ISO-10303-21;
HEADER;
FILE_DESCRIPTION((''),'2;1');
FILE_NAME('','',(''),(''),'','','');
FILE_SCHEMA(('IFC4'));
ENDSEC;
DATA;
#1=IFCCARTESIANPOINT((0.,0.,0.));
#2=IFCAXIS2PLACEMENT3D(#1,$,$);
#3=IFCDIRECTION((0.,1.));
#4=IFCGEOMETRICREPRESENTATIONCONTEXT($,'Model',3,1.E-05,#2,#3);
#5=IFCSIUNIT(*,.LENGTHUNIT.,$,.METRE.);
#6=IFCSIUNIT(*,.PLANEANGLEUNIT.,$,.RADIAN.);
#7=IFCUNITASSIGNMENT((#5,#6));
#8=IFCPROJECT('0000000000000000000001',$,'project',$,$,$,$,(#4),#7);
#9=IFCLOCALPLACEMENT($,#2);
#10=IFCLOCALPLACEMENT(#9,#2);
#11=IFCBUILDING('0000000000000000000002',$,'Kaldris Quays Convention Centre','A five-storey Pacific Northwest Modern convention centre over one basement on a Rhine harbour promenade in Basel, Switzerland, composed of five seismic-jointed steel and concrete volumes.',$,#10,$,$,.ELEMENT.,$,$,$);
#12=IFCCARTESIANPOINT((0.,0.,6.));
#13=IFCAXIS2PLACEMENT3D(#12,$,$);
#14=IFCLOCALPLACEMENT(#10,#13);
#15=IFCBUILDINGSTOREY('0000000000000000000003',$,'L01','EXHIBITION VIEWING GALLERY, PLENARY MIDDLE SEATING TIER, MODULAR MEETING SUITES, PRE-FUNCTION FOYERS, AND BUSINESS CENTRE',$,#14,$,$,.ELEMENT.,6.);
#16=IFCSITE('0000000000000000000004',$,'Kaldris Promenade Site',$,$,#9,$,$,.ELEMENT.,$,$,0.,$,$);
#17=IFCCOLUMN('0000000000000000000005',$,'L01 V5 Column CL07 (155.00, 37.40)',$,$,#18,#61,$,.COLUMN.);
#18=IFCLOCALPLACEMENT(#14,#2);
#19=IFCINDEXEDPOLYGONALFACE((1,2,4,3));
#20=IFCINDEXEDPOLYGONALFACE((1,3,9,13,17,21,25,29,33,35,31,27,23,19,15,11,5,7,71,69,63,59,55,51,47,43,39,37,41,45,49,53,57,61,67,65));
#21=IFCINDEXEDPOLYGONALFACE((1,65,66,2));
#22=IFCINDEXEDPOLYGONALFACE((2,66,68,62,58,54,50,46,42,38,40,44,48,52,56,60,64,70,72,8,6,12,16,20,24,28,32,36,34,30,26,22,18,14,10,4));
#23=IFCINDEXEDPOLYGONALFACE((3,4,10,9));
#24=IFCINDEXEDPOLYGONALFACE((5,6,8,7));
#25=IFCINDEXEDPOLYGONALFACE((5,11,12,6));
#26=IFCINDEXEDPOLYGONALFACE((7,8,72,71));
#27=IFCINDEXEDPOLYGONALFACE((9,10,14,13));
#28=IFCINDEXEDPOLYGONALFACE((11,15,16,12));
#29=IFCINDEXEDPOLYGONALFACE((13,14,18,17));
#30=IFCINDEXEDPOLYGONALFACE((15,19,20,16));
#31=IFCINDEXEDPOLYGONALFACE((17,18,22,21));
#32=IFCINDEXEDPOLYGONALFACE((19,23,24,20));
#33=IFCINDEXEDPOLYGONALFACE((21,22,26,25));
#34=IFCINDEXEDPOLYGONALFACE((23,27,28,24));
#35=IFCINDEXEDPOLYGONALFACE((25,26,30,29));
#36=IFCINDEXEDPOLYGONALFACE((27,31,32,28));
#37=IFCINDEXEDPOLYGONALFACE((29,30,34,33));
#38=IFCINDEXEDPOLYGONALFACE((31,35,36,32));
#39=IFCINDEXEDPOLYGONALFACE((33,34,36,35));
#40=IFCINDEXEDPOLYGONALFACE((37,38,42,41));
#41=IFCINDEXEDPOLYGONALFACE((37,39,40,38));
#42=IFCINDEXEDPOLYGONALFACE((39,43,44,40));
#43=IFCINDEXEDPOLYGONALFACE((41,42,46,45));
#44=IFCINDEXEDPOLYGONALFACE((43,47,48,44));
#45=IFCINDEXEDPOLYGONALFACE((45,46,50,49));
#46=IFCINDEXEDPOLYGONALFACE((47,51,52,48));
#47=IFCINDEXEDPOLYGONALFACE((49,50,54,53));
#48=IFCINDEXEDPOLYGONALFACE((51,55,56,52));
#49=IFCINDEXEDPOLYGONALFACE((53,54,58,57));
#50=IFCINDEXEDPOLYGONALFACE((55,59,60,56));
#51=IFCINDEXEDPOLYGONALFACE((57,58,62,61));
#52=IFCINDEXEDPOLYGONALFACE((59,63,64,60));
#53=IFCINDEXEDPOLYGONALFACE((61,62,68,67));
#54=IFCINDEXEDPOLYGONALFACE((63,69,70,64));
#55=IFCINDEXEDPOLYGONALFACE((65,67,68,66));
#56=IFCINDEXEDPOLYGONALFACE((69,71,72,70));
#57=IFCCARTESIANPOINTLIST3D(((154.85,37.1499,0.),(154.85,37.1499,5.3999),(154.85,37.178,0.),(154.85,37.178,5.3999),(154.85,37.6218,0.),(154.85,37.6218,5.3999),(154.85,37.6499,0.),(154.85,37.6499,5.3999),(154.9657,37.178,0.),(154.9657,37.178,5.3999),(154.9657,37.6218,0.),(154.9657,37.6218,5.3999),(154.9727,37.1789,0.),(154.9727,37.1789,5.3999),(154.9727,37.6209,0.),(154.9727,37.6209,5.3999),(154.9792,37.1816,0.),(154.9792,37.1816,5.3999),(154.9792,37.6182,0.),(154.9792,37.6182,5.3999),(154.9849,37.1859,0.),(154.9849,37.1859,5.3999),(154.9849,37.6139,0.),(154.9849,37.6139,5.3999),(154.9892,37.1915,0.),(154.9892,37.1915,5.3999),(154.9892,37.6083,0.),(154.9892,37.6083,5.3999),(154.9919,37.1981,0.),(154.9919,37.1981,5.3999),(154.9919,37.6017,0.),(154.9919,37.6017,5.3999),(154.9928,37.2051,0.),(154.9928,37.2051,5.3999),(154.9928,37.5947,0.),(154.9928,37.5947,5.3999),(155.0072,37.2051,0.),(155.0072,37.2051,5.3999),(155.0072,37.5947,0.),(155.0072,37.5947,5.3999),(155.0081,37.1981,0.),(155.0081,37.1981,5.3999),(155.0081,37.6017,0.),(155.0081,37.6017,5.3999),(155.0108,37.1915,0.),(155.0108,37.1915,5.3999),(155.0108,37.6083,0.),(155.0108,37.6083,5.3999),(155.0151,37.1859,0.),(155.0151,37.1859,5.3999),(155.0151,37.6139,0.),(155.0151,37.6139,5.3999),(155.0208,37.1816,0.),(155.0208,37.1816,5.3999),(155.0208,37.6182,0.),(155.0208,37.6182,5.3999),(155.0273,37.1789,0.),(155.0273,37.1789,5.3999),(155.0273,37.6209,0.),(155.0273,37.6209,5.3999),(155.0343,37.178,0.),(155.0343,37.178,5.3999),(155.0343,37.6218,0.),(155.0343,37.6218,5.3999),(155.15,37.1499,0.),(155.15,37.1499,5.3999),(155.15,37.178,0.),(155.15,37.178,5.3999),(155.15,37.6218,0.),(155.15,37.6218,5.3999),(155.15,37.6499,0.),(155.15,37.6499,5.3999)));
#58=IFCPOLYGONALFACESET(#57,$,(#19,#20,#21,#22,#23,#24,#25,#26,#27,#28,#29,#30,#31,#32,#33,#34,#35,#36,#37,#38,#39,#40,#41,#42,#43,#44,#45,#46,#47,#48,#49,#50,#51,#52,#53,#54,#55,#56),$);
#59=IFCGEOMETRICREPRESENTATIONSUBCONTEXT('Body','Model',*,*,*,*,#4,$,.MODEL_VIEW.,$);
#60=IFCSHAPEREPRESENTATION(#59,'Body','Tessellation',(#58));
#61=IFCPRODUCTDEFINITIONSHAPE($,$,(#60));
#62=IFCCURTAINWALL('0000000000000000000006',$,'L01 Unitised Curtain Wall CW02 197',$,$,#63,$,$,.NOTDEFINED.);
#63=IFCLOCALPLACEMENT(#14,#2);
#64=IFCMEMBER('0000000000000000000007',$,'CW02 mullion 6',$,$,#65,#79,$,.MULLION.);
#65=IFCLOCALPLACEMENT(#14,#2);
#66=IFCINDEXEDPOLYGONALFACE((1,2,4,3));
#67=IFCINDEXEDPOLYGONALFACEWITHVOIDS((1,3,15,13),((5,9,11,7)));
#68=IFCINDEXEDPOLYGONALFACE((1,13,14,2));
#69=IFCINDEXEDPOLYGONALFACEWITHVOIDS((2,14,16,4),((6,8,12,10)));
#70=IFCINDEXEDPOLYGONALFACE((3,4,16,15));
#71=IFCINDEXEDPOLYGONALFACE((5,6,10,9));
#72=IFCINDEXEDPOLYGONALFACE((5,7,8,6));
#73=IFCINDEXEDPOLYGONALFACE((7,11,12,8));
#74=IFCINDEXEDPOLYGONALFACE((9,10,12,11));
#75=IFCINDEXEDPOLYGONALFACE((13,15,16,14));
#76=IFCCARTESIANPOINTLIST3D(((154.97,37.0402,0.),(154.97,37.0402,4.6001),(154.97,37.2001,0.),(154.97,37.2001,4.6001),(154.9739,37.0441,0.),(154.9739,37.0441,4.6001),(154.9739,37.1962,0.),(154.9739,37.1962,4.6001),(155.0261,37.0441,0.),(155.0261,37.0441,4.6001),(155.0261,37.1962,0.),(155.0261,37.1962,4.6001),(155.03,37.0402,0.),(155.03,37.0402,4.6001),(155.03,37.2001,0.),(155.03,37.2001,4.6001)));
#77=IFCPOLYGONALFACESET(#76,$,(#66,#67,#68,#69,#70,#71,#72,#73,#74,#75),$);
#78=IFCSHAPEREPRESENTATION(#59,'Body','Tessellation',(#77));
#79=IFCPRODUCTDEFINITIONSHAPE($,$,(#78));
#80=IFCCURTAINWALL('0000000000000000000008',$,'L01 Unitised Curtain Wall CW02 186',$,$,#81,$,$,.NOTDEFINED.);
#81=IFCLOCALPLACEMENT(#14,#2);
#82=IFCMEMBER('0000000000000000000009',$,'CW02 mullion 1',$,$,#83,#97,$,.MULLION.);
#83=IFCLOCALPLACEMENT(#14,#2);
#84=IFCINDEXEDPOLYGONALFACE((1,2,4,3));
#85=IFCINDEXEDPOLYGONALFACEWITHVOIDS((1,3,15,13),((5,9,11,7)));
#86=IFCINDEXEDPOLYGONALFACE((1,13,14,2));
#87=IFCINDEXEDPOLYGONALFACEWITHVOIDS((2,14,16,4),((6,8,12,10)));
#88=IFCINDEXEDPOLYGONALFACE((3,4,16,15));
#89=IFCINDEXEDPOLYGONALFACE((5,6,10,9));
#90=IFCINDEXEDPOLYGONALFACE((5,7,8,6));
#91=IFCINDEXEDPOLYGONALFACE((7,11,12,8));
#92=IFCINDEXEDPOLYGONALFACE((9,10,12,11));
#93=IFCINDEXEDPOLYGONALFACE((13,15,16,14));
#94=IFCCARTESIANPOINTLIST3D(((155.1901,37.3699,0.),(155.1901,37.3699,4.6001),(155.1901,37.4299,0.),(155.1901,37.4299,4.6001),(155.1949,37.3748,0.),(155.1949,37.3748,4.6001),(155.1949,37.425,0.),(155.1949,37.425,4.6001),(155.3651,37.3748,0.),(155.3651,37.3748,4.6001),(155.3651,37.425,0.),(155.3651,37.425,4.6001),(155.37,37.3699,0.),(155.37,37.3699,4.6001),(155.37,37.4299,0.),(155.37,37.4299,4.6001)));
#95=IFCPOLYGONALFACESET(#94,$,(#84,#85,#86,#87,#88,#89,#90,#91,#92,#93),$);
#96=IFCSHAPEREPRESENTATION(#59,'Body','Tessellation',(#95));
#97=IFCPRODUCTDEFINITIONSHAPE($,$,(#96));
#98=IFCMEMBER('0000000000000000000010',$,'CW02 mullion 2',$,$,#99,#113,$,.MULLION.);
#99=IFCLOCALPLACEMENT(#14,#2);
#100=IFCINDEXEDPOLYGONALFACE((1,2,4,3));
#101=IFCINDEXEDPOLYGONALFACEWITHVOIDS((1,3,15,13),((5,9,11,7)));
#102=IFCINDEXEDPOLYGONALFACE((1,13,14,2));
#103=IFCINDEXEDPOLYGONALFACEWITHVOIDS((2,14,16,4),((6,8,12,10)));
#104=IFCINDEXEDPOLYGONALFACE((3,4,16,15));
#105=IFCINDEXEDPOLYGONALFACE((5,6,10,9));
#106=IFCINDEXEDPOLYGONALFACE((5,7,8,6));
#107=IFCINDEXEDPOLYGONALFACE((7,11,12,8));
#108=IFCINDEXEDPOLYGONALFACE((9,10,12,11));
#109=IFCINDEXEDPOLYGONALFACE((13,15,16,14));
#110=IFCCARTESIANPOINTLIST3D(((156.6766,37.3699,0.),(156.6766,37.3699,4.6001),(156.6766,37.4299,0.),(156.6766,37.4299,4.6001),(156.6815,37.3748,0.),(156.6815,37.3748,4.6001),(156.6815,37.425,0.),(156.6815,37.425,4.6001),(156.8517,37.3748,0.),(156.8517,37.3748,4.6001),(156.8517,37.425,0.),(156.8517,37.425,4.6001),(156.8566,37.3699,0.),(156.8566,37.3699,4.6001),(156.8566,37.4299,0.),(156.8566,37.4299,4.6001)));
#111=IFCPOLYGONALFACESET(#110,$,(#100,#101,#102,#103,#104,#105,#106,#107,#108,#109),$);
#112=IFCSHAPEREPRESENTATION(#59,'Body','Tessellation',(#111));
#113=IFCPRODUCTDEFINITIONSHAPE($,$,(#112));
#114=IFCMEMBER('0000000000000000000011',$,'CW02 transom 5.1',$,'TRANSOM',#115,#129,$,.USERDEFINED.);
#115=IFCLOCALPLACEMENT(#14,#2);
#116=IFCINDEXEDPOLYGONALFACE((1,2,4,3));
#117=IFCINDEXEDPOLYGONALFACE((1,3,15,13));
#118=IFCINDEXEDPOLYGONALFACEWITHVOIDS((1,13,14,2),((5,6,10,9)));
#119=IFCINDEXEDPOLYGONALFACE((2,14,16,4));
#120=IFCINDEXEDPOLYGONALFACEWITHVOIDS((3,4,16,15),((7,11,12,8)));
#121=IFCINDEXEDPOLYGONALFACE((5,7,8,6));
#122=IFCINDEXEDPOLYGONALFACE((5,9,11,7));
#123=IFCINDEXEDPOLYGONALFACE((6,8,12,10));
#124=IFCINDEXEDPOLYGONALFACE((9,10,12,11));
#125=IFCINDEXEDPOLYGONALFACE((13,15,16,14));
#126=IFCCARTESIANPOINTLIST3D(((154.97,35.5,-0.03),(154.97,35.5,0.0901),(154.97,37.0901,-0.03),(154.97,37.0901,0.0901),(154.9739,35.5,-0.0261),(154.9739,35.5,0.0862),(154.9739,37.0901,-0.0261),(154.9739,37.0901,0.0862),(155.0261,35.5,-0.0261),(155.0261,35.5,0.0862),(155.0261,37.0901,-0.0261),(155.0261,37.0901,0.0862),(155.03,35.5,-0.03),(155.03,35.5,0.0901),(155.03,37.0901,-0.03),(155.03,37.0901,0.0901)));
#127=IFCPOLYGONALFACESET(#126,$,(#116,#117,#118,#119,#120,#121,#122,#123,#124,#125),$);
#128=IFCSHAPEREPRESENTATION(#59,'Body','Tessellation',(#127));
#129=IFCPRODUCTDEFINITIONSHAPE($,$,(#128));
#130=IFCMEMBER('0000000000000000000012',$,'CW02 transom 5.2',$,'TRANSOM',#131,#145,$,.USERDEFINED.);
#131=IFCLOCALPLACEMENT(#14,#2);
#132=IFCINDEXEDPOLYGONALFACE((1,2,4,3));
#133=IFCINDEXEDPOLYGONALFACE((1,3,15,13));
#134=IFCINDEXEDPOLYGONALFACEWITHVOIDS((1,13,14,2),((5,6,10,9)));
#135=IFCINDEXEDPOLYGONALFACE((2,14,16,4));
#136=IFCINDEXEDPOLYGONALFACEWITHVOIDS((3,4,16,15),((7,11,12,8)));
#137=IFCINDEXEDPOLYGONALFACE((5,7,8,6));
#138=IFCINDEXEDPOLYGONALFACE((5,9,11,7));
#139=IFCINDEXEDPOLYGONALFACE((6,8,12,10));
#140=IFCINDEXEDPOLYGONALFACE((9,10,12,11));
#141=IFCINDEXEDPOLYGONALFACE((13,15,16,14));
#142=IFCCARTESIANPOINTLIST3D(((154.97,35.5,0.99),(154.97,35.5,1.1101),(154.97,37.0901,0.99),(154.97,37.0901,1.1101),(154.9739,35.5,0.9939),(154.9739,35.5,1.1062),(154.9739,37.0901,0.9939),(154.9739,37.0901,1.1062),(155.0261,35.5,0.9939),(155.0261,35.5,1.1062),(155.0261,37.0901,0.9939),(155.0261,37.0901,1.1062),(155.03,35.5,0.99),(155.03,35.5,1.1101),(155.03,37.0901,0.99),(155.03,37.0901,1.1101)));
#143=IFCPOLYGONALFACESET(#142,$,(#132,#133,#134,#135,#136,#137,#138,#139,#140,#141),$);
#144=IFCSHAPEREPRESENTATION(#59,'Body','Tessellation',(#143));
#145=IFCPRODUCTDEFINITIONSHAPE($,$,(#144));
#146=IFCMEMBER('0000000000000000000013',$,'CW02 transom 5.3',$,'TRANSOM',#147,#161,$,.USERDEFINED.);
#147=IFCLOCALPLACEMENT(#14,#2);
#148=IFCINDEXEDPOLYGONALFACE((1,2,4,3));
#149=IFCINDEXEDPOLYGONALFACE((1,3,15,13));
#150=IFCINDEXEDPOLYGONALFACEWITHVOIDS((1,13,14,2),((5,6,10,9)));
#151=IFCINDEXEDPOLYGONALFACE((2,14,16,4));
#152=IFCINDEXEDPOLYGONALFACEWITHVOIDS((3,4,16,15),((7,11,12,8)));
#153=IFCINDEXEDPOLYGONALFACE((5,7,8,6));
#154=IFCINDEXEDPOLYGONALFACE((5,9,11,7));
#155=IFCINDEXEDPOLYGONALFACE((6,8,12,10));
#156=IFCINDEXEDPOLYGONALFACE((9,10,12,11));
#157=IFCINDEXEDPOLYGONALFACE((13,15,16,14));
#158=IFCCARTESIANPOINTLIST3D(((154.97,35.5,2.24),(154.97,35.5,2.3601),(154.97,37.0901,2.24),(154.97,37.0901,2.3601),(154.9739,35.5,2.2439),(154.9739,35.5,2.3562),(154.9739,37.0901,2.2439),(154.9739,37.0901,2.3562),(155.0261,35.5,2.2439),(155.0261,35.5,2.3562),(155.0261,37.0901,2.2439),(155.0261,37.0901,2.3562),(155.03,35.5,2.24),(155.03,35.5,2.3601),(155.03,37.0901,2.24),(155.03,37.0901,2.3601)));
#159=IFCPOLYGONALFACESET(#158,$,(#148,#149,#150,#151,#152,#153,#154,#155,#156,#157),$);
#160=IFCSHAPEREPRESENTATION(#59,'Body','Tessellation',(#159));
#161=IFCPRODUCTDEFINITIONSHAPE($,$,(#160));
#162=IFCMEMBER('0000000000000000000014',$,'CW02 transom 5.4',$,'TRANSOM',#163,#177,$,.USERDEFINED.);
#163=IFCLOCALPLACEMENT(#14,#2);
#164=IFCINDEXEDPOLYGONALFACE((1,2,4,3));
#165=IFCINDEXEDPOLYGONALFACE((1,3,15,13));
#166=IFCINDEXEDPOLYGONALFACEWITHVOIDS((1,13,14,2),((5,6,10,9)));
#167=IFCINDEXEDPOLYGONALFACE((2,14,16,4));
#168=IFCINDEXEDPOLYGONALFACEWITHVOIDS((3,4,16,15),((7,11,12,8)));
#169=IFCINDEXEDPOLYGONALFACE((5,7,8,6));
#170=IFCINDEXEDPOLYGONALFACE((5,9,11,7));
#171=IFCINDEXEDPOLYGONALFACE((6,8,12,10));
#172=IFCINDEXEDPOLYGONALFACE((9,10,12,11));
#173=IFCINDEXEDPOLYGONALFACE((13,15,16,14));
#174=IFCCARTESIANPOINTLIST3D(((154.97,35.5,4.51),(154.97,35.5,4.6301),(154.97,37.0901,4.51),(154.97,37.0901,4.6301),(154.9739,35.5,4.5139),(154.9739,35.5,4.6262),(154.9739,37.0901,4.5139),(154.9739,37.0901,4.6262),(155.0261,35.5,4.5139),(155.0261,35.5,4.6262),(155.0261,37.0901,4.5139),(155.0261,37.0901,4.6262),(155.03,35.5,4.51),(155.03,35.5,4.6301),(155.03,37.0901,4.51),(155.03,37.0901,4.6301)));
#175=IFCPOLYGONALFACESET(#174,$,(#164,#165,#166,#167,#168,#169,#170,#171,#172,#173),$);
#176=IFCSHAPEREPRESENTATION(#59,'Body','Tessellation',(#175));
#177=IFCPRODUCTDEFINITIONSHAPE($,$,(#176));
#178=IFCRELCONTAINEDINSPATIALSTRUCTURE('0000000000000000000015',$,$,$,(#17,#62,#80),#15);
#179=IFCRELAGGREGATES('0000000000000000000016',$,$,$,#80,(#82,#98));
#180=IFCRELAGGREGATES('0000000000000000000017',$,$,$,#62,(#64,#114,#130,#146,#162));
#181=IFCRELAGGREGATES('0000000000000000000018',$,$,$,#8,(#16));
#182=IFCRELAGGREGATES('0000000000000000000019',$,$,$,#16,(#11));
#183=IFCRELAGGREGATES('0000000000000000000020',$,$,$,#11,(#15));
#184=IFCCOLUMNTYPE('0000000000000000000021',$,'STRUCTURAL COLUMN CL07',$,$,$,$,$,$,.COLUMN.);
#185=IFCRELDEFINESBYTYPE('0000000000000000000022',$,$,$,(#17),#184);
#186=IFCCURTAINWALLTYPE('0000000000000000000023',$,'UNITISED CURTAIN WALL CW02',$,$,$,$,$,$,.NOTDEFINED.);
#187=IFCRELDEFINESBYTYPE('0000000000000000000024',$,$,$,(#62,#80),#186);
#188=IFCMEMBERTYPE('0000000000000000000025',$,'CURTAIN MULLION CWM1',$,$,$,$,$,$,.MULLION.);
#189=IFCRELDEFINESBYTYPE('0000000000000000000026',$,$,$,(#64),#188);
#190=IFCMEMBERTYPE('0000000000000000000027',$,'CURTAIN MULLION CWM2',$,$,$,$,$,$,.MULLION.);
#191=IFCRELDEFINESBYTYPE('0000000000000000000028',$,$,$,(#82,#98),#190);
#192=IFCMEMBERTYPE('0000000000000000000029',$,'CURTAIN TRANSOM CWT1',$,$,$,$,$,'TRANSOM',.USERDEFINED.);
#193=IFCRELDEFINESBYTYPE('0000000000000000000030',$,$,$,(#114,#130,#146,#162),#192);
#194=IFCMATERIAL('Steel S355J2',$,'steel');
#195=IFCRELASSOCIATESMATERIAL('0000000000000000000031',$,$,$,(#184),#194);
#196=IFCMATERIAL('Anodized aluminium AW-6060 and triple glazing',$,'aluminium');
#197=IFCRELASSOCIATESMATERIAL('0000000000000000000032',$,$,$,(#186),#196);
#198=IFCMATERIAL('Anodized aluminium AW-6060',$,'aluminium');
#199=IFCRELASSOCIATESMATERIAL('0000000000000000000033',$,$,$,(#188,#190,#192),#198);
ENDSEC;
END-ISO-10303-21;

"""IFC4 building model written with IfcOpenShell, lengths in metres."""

from ifc_helpers import new_model, si_unit, direction, frame, origin, origin_2d, place, context, subcontext, project, spatial, hollow_rectangle, i_section, extrude, material, material_profile, profile_set, type_object, element, aggregate, save


model = new_model("IFC4")

# Units and contexts
model_context = context("Model", 3, precision=1e-05, world=origin(), true_north=direction((0.0, 1.0)))
body_context = subcontext(model_context, "Body", "Model", "MODEL_VIEW")
ifc_project = project(units=[si_unit("LENGTHUNIT", "METRE"), si_unit("PLANEANGLEUNIT", "RADIAN")], contexts=[model_context])

# Site, building, storey
site_placement = place(None, origin())
site = spatial("IfcSite", under=ifc_project, at=site_placement, Name="Kaldris Promenade Site", CompositionType="ELEMENT", RefElevation=0.0)
building_placement = place(site_placement, origin())
building = spatial("IfcBuilding", under=site, at=building_placement, Name="Kaldris Quays Convention Centre", Description="A five-storey Pacific Northwest Modern convention centre over one basement on a Rhine harbour promenade in Basel, Switzerland, composed of five seismic-jointed steel and concrete volumes.", CompositionType="ELEMENT")
storey_placement = place(building_placement, frame((0.0, 0.0, 6.0)))
storey = spatial("IfcBuildingStorey", under=building, at=storey_placement, Name="L01", Description="EXHIBITION VIEWING GALLERY, PLENARY MIDDLE SEATING TIER, MODULAR MEETING SUITES, PRE-FUNCTION FOYERS, AND BUSINESS CENTRE", CompositionType="ELEMENT", Elevation=6.0)

# Column
ifc_material_1 = material(Name="Steel S355J2", Category="steel")
ifc_material_profile_1 = material_profile(ifc_material_1, i_section(OverallWidth=0.3, OverallDepth=0.5, WebThickness=0.0144, FlangeThickness=0.0281, FilletRadius=0.0271, at=origin_2d()), Name="HEB 500")
ifc_profile_set_1 = profile_set([ifc_material_profile_1], Name="Steel S355J2")
column_type = type_object("IfcColumnType", Name="STRUCTURAL COLUMN CL07", PredefinedType="COLUMN", material=ifc_profile_set_1)
column_placement = place(storey_placement, frame((155.0, 37.3999, 0.0), z_axis=(0.0, 0.0, 1.0), x_axis=(1.0, 0.0, 0.0)))
element("IfcColumn", 1, at=column_placement, inside=storey, type_object=column_type, Name="L01 V5 Column CL07 (155.00, 37.40)", PredefinedType="COLUMN", context=body_context, shape_type="SweptSolid", body=[
    extrude(i_section(OverallWidth=0.3, OverallDepth=0.5, WebThickness=0.0144, FlangeThickness=0.0281, FilletRadius=0.0271, at=origin_2d()), origin(), (0.0, 0.0, 1.0), 5.3999),
])

# Curtain wall, member
ifc_material_2 = material(Name="Anodized aluminium AW-6060 and triple glazing", Category="aluminium")
curtain_wall_type = type_object("IfcCurtainWallType", Name="UNITISED CURTAIN WALL CW02", PredefinedType="NOTDEFINED", material=ifc_material_2)
curtain_wall_1_placement = place(storey_placement, origin())
curtain_wall_1 = element("IfcCurtainWall", 2, at=curtain_wall_1_placement, inside=storey, type_object=curtain_wall_type, Name="L01 Unitised Curtain Wall CW02 197", PredefinedType="NOTDEFINED")
ifc_material_3 = material(Name="Anodized aluminium AW-6060", Category="aluminium")
ifc_material_profile_2 = material_profile(ifc_material_3, hollow_rectangle(XDim=0.0601, YDim=0.1599, WallThickness=0.0039, at=origin_2d()), Name="RHS 160x60x4")
ifc_profile_set_2 = profile_set([ifc_material_profile_2], Name="Anodized aluminium AW-6060")
member_type_1 = type_object("IfcMemberType", Name="CURTAIN MULLION CWM1", PredefinedType="MULLION", material=ifc_profile_set_2)
member_1_placement = place(storey_placement, frame((155.0, 37.1201, 0.0), z_axis=(0.0, 0.0, 1.0), x_axis=(-1.0, 0.0, 0.0)))
member_1 = element("IfcMember", 3, at=member_1_placement, type_object=member_type_1, Name="CW02 mullion 6", PredefinedType="MULLION", context=body_context, shape_type="SweptSolid", body=[
    extrude(hollow_rectangle(XDim=0.0601, YDim=0.1599, WallThickness=0.0039, at=origin_2d()), origin(), (0.0, 0.0, 1.0), 4.6001),
])

# Curtain wall, members
curtain_wall_2_placement = place(storey_placement, origin())
curtain_wall_2 = element("IfcCurtainWall", 4, at=curtain_wall_2_placement, inside=storey, type_object=curtain_wall_type, Name="L01 Unitised Curtain Wall CW02 186", PredefinedType="NOTDEFINED")
ifc_material_profile_3 = material_profile(ifc_material_3, hollow_rectangle(XDim=0.0601, YDim=0.1799, WallThickness=0.0049, at=origin_2d()), Name="RHS 180x60x5")
ifc_profile_set_3 = profile_set([ifc_material_profile_3], Name="Anodized aluminium AW-6060")
member_type_2 = type_object("IfcMemberType", Name="CURTAIN MULLION CWM2", PredefinedType="MULLION", material=ifc_profile_set_3)
member_2_placement = place(storey_placement, frame((155.28, 37.3999, 0.0), z_axis=(0.0, 0.0, 1.0), x_axis=(0.0, 1.0, 0.0)))
member_2 = element("IfcMember", 5, at=member_2_placement, type_object=member_type_2, Name="CW02 mullion 1", PredefinedType="MULLION", context=body_context, shape_type="SweptSolid", body=[
    extrude(hollow_rectangle(XDim=0.0601, YDim=0.1799, WallThickness=0.0049, at=origin_2d()), origin(), (0.0, 0.0, 1.0), 4.6001),
])
member_3_placement = place(storey_placement, frame((156.7666, 37.3999, 0.0), z_axis=(0.0, 0.0, 1.0), x_axis=(0.0, 1.0, 0.0)))
member_3 = element("IfcMember", 6, at=member_3_placement, type_object=member_type_2, Name="CW02 mullion 2", PredefinedType="MULLION", context=body_context, shape_type="SweptSolid", body=[
    extrude(hollow_rectangle(XDim=0.0601, YDim=0.1799, WallThickness=0.0049, at=origin_2d()), origin(), (0.0, 0.0, 1.0), 4.6001),
])

# Members
ifc_material_profile_4 = material_profile(ifc_material_3, hollow_rectangle(XDim=0.0601, YDim=0.1201, WallThickness=0.0039, at=origin_2d()), Name="RHS 120x60x4")
ifc_profile_set_4 = profile_set([ifc_material_profile_4], Name="Anodized aluminium AW-6060")
member_type_3 = type_object("IfcMemberType", Name="CURTAIN TRANSOM CWT1", ElementType="TRANSOM", PredefinedType="USERDEFINED", material=ifc_profile_set_4)
member_4_placement = place(storey_placement, frame((155.0, 35.5, 0.03), z_axis=(0.0, 1.0, 0.0), x_axis=(-1.0, 0.0, 0.0)))
member_4 = element("IfcMember", 7, at=member_4_placement, type_object=member_type_3, Name="CW02 transom 5.1", ObjectType="TRANSOM", PredefinedType="USERDEFINED", context=body_context, shape_type="SweptSolid", body=[
    extrude(hollow_rectangle(XDim=0.0601, YDim=0.1201, WallThickness=0.0039, at=origin_2d()), origin(), (0.0, 0.0, 1.0), 1.5901),
])
member_5_placement = place(storey_placement, frame((155.0, 35.5, 1.05), z_axis=(0.0, 1.0, 0.0), x_axis=(-1.0, 0.0, 0.0)))
member_5 = element("IfcMember", 8, at=member_5_placement, type_object=member_type_3, Name="CW02 transom 5.2", ObjectType="TRANSOM", PredefinedType="USERDEFINED", context=body_context, shape_type="SweptSolid", body=[
    extrude(hollow_rectangle(XDim=0.0601, YDim=0.1201, WallThickness=0.0039, at=origin_2d()), origin(), (0.0, 0.0, 1.0), 1.5901),
])
member_6_placement = place(storey_placement, frame((155.0, 35.5, 2.3), z_axis=(0.0, 1.0, 0.0), x_axis=(-1.0, 0.0, 0.0)))
member_6 = element("IfcMember", 9, at=member_6_placement, type_object=member_type_3, Name="CW02 transom 5.3", ObjectType="TRANSOM", PredefinedType="USERDEFINED", context=body_context, shape_type="SweptSolid", body=[
    extrude(hollow_rectangle(XDim=0.0601, YDim=0.1201, WallThickness=0.0039, at=origin_2d()), origin(), (0.0, 0.0, 1.0), 1.5901),
])
member_7_placement = place(storey_placement, frame((155.0, 35.5, 4.5701), z_axis=(0.0, 1.0, 0.0), x_axis=(-1.0, 0.0, 0.0)))
member_7 = element("IfcMember", 10, at=member_7_placement, type_object=member_type_3, Name="CW02 transom 5.4", ObjectType="TRANSOM", PredefinedType="USERDEFINED", context=body_context, shape_type="SweptSolid", body=[
    extrude(hollow_rectangle(XDim=0.0601, YDim=0.1201, WallThickness=0.0039, at=origin_2d()), origin(), (0.0, 0.0, 1.0), 1.5901),
])

aggregate(curtain_wall_2, [member_2, member_3])
aggregate(curtain_wall_1, [member_1, member_4, member_5, member_6, member_7])

save(model, "model.ifc")
